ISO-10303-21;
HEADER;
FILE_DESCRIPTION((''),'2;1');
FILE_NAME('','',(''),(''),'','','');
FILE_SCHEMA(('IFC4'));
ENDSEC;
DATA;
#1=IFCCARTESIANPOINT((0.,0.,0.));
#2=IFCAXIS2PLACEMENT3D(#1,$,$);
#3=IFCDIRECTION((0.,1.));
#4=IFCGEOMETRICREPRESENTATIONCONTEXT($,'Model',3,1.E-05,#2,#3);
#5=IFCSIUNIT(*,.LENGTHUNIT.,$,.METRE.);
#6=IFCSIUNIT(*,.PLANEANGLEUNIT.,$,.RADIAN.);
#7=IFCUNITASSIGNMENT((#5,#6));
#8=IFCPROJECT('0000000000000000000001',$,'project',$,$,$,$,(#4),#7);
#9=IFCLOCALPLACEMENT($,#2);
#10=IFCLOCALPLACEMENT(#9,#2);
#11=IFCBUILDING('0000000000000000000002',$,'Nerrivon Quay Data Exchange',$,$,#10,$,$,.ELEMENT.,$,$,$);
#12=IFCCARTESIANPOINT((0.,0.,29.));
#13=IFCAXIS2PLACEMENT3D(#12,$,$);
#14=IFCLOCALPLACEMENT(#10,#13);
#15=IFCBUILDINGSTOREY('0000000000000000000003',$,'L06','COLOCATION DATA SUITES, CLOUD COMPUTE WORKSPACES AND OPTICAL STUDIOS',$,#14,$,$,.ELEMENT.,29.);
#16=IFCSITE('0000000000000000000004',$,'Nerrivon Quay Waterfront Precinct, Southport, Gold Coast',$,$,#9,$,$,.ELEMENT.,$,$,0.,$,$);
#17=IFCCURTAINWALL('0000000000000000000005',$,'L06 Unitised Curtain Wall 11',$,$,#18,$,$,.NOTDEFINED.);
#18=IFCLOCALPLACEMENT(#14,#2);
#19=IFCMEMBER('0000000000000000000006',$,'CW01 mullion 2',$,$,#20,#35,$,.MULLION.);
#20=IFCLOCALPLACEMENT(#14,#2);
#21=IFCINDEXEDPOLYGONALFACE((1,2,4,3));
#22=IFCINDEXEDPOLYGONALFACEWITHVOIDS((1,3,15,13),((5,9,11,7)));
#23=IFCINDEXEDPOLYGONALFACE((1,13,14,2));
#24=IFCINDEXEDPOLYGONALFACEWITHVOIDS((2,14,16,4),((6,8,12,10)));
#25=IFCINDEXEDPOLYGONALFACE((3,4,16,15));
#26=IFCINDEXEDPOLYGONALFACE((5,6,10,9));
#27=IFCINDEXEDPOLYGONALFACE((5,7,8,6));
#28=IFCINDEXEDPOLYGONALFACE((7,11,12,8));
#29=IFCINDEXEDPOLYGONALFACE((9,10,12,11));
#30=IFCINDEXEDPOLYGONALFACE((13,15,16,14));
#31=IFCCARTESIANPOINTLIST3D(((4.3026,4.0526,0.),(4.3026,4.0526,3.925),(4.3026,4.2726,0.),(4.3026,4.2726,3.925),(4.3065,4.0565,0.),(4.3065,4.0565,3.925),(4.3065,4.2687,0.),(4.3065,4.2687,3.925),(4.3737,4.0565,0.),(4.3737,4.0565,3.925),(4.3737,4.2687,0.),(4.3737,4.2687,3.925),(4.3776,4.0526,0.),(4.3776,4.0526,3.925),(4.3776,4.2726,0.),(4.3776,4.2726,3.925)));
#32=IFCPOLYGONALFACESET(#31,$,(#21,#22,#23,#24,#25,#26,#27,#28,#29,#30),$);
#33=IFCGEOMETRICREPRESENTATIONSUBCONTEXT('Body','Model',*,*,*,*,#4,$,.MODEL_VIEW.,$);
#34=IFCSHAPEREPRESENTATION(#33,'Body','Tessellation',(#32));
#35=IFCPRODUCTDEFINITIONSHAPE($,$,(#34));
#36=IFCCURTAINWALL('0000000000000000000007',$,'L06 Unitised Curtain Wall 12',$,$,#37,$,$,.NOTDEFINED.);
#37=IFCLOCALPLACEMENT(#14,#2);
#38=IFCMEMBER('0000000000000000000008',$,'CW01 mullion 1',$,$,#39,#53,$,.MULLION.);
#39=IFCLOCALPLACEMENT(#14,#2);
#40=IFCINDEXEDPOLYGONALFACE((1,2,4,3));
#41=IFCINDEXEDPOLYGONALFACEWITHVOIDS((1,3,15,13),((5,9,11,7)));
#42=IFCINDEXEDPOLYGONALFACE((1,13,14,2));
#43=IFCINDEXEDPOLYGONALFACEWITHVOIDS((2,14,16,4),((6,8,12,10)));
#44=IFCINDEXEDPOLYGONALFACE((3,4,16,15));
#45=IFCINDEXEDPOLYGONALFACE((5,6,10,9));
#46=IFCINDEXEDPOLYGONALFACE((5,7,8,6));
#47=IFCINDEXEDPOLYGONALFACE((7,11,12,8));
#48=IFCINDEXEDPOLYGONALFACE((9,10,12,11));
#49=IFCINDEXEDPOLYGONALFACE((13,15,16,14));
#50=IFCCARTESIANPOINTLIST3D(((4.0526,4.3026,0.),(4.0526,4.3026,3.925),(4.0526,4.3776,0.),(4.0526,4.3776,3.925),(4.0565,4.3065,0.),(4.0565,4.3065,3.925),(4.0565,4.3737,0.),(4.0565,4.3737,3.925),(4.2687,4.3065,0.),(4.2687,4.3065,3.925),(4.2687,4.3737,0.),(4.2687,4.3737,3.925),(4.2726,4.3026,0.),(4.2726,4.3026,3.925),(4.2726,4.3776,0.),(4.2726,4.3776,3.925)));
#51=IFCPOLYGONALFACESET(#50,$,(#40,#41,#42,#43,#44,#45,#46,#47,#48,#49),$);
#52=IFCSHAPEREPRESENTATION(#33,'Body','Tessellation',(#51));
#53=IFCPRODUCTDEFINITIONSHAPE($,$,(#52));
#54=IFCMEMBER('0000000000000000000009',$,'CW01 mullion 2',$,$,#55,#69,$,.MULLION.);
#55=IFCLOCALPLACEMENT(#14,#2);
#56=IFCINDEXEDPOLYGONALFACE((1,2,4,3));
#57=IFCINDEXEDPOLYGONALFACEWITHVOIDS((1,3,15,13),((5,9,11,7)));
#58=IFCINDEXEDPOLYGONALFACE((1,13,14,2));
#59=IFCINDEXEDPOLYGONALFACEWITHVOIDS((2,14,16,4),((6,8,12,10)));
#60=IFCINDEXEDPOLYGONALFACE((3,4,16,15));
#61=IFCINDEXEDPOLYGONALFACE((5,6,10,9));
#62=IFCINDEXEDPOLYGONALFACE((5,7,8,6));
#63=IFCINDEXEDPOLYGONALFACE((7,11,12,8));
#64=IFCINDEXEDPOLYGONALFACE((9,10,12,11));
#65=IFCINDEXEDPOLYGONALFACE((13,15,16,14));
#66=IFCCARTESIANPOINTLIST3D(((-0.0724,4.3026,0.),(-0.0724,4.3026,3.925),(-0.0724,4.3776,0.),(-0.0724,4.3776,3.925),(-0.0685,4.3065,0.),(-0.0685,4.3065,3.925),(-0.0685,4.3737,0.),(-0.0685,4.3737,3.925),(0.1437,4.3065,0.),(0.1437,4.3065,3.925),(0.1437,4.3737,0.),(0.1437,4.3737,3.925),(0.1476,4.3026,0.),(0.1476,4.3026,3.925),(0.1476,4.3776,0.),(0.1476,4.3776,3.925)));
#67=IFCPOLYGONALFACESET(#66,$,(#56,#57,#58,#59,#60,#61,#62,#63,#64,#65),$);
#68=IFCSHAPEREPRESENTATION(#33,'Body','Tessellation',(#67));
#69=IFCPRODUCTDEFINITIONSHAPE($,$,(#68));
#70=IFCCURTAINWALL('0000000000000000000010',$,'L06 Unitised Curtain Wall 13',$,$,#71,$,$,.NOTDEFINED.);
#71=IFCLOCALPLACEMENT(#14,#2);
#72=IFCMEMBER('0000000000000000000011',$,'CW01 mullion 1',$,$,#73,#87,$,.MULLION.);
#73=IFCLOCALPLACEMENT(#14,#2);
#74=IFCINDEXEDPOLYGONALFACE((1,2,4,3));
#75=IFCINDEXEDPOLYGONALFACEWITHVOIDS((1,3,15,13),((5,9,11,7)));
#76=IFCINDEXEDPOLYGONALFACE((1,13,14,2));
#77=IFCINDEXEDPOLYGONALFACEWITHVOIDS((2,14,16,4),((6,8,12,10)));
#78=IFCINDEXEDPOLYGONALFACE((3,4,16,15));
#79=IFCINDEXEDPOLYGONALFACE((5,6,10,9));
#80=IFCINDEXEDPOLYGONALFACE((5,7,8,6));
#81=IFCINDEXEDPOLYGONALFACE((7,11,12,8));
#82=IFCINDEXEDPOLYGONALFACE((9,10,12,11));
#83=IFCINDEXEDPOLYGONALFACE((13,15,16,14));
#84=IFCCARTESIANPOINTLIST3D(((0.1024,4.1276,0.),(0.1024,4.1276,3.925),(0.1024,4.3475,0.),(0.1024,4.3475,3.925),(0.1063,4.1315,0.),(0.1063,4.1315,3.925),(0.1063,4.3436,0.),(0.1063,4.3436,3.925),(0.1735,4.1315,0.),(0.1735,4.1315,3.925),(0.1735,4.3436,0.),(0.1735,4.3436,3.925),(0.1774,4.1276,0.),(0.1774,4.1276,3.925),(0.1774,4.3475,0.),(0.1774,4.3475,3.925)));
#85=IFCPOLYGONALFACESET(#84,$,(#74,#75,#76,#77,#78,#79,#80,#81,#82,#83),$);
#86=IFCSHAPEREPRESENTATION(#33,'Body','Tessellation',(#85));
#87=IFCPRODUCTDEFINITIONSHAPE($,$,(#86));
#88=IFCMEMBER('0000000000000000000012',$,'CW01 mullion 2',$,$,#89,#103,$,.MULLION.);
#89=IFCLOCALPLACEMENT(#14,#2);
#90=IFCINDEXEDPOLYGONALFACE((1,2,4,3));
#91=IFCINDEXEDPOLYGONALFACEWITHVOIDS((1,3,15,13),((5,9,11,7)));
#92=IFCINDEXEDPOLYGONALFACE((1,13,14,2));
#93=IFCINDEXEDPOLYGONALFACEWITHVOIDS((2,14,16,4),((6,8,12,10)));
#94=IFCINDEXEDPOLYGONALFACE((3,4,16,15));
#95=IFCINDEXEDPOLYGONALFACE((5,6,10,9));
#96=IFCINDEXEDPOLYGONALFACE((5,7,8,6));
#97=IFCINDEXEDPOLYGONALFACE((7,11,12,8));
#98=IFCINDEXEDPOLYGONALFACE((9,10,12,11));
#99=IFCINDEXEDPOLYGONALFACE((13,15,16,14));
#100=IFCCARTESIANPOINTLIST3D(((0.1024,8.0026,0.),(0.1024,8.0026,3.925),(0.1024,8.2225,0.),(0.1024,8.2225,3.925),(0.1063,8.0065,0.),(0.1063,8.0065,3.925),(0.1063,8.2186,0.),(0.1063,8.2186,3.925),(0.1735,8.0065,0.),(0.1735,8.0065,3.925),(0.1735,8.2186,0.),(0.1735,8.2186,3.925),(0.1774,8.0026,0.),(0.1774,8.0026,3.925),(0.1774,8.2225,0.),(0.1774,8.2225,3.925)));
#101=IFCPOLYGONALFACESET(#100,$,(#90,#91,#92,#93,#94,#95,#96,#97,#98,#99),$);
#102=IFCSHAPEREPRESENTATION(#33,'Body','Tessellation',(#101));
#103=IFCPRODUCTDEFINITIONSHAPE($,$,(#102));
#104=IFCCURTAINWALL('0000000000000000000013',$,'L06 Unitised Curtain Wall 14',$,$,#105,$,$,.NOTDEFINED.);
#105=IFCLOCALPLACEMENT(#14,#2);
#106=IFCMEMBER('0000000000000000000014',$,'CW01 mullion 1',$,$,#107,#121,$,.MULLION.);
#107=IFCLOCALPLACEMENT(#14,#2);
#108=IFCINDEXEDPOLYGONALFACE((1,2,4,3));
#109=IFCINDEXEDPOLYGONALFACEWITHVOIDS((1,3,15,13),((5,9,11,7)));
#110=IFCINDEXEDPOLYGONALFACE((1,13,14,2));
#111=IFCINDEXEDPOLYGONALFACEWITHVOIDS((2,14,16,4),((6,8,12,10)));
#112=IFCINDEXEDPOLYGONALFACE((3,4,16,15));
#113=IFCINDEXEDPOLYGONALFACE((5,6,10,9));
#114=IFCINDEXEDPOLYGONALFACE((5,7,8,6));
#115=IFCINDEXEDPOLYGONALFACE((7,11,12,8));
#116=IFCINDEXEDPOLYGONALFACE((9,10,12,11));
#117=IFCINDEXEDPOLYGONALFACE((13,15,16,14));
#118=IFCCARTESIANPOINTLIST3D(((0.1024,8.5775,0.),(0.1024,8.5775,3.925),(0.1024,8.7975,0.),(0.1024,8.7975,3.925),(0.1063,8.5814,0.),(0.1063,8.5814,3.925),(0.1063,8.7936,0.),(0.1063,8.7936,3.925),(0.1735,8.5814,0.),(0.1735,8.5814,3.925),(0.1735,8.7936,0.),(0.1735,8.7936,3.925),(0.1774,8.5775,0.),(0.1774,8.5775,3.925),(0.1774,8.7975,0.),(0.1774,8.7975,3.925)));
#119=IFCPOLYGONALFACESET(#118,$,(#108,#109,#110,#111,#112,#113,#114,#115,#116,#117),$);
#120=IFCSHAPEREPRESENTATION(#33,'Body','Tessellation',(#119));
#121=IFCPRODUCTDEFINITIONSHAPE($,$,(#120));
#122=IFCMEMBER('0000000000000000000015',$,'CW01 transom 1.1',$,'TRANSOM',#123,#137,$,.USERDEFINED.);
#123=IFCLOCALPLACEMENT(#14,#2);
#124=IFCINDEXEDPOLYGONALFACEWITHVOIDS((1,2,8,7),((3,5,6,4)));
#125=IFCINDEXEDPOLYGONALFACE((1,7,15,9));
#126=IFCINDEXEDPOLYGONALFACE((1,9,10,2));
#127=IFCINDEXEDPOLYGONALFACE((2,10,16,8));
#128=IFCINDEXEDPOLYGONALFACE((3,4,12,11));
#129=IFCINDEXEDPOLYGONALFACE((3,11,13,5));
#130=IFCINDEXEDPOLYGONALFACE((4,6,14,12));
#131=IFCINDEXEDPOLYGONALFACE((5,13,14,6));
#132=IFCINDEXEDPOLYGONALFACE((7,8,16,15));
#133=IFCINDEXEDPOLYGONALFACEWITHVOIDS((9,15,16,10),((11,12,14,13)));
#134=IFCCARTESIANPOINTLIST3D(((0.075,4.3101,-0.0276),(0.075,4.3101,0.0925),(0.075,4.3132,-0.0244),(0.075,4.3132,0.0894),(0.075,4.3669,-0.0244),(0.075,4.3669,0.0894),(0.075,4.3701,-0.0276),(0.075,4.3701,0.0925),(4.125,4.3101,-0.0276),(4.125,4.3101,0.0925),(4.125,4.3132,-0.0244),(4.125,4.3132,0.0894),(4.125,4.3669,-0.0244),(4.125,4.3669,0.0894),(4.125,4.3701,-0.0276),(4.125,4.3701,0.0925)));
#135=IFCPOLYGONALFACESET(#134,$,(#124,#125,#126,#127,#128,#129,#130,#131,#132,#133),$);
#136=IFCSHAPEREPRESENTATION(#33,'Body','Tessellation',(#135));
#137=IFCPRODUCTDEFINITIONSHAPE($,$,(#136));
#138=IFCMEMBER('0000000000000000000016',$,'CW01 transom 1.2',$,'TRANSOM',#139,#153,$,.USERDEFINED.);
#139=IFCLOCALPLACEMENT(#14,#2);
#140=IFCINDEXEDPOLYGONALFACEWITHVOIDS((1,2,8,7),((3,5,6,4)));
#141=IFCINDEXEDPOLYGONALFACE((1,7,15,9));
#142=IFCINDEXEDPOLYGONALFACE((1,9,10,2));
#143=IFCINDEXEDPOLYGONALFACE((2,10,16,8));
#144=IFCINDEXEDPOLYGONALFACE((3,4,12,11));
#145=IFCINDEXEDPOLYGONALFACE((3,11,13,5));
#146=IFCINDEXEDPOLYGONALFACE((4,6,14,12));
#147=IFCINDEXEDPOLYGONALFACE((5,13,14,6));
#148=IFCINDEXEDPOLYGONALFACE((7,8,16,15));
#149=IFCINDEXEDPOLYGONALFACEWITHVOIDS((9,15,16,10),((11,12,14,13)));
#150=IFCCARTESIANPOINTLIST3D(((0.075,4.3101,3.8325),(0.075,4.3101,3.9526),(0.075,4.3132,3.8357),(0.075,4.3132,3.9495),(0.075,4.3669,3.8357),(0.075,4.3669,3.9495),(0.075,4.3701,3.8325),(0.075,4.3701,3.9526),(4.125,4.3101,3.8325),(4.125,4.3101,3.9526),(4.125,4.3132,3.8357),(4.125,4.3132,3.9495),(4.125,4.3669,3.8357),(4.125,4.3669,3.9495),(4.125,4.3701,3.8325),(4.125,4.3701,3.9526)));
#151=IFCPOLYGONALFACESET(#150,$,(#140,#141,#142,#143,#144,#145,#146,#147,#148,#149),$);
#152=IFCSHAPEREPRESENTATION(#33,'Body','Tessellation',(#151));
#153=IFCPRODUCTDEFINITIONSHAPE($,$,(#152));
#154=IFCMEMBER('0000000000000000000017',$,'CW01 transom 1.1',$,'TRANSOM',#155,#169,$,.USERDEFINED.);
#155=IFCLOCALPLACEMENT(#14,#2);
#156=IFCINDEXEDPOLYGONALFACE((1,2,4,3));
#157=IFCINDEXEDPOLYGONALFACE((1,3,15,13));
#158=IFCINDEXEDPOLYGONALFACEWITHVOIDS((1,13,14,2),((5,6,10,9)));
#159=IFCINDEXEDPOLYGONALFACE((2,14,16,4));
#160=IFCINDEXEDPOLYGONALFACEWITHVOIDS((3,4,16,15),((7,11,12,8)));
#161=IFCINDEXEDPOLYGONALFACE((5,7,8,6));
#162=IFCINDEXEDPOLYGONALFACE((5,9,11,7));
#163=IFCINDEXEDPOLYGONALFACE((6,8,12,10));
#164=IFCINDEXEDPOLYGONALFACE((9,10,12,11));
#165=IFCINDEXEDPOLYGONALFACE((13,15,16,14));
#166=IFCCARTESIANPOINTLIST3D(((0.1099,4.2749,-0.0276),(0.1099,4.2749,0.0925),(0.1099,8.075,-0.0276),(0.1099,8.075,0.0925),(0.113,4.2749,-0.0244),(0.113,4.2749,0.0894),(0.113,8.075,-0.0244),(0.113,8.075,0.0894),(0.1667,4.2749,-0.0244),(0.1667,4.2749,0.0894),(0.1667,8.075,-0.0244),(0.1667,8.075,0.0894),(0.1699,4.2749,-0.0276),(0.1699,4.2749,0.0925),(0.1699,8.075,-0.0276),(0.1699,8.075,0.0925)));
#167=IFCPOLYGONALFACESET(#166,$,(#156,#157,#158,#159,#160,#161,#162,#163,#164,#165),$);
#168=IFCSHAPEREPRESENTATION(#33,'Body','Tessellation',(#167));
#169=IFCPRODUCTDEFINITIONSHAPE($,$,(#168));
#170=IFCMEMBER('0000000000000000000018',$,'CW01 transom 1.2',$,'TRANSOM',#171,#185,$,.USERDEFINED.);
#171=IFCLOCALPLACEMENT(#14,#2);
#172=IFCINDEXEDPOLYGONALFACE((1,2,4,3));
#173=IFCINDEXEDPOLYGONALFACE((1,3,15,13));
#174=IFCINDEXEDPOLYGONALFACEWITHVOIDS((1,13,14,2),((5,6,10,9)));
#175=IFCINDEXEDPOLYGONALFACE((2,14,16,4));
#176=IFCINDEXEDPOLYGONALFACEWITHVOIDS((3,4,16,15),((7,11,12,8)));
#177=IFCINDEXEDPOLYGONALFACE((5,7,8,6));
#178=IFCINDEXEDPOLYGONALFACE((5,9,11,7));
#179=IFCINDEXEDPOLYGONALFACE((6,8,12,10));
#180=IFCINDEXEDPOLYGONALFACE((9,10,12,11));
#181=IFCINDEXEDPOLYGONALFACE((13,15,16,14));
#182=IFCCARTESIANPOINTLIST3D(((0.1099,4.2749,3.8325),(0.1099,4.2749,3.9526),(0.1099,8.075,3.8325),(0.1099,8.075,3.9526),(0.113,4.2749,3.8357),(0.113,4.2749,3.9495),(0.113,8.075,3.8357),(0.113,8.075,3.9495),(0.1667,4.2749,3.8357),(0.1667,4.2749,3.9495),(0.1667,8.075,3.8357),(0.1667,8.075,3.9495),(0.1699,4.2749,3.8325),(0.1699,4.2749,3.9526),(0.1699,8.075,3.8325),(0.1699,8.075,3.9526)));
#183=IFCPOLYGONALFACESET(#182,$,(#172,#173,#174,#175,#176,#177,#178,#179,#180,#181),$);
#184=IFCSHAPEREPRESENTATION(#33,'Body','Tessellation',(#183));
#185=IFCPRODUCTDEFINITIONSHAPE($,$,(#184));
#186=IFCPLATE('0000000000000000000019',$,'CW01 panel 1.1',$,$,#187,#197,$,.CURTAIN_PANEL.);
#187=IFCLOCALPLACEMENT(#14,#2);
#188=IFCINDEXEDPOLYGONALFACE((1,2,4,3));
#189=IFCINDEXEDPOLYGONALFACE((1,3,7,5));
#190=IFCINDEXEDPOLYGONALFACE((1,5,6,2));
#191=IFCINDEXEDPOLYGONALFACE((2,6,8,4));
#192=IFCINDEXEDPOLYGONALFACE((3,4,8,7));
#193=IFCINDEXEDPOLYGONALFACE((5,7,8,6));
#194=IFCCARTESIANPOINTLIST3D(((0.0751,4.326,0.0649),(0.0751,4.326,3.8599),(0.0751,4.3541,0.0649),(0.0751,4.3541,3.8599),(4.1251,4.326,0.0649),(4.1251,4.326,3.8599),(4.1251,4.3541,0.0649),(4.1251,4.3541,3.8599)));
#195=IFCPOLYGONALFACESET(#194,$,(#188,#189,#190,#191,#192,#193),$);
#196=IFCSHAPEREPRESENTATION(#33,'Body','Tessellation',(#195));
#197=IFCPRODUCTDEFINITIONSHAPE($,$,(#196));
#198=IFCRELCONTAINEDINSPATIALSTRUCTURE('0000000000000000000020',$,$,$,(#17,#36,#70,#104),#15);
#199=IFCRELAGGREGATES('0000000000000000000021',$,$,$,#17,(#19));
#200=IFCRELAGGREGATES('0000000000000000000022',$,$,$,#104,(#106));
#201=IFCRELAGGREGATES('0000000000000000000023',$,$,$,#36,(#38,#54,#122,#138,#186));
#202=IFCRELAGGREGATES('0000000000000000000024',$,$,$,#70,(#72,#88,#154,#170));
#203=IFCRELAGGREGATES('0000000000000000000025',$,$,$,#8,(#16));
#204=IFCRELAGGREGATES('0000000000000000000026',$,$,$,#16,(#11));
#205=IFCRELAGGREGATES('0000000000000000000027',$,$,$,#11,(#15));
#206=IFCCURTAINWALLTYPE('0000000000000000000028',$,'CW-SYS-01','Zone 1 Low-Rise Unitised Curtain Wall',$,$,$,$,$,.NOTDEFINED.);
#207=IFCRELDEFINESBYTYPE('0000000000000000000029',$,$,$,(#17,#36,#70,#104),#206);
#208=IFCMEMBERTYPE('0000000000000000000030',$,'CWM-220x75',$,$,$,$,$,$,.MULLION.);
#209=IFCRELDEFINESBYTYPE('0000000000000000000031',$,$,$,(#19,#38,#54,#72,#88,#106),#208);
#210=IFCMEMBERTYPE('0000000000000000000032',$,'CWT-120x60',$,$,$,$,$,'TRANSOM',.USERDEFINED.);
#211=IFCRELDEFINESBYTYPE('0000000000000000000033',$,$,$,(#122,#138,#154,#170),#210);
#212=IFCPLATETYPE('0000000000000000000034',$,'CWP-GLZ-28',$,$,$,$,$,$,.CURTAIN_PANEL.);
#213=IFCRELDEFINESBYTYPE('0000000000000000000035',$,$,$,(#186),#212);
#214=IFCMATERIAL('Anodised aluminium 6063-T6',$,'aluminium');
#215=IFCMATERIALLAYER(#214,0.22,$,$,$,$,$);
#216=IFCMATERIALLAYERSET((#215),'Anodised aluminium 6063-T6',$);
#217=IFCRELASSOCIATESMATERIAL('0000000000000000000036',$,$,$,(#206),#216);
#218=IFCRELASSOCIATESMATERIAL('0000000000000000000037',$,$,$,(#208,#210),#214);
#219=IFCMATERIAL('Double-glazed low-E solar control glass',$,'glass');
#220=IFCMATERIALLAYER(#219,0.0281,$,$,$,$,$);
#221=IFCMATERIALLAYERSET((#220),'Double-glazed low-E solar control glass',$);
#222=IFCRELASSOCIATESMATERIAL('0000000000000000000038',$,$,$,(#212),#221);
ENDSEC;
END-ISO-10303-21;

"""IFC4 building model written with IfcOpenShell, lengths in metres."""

from ifc_helpers import new_model, si_unit, direction, frame, origin, origin_2d, place, context, subcontext, project, spatial, rectangle, hollow_rectangle, extrude, material, layer, layer_set, material_profile, profile_set, type_object, element, aggregate, save


model = new_model("IFC4")

# Units and contexts
model_context = context("Model", 3, precision=1e-05, world=origin(), true_north=direction((0.0, 1.0)))
body_context = subcontext(model_context, "Body", "Model", "MODEL_VIEW")
ifc_project = project(units=[si_unit("LENGTHUNIT", "METRE"), si_unit("PLANEANGLEUNIT", "RADIAN")], contexts=[model_context])

# Site, building, storey
site_placement = place(None, origin())
site = spatial("IfcSite", under=ifc_project, at=site_placement, Name="Nerrivon Quay Waterfront Precinct, Southport, Gold Coast", CompositionType="ELEMENT", RefElevation=0.0)
building_placement = place(site_placement, origin())
building = spatial("IfcBuilding", under=site, at=building_placement, Name="Nerrivon Quay Data Exchange", CompositionType="ELEMENT")
storey_placement = place(building_placement, frame((0.0, 0.0, 29.0)))
storey = spatial("IfcBuildingStorey", under=building, at=storey_placement, Name="L06", Description="COLOCATION DATA SUITES, CLOUD COMPUTE WORKSPACES AND OPTICAL STUDIOS", CompositionType="ELEMENT", Elevation=29.0)

# Curtain wall, member
ifc_material_1 = material(Name="Anodised aluminium 6063-T6", Category="aluminium")
ifc_layer_1 = layer(ifc_material_1, 0.22)
ifc_layer_set_1 = layer_set([ifc_layer_1], Name="Anodised aluminium 6063-T6")
curtain_wall_type = type_object("IfcCurtainWallType", Name="CW-SYS-01", Description="Zone 1 Low-Rise Unitised Curtain Wall", PredefinedType="NOTDEFINED", material=ifc_layer_set_1)
curtain_wall_1_placement = place(storey_placement, origin())
curtain_wall_1 = element("IfcCurtainWall", 1, at=curtain_wall_1_placement, inside=storey, type_object=curtain_wall_type, Name="L06 Unitised Curtain Wall 11", PredefinedType="NOTDEFINED")
ifc_material_profile_1 = material_profile(ifc_material_1, hollow_rectangle(XDim=0.075, YDim=0.22, WallThickness=0.0039, at=origin_2d()), Name="ALU-MULL-220x75")
ifc_profile_set_1 = profile_set([ifc_material_profile_1], Name="Anodised aluminium 6063-T6")
member_type_1 = type_object("IfcMemberType", Name="CWM-220x75", PredefinedType="MULLION", material=ifc_profile_set_1)
member_1_placement = place(storey_placement, frame((4.3401, 4.1626, 0.0), z_axis=(0.0, 0.0, 1.0), x_axis=(-1.0, 0.0, 0.0)))
member_1 = element("IfcMember", 2, at=member_1_placement, type_object=member_type_1, Name="CW01 mullion 2", PredefinedType="MULLION", context=body_context, shape_type="SweptSolid", body=[
    extrude(hollow_rectangle(XDim=0.075, YDim=0.22, WallThickness=0.0039, at=origin_2d()), origin(), (0.0, 0.0, 1.0), 3.925),
])
aggregate(curtain_wall_1, [member_1])

# Curtain walls, members
curtain_wall_2_placement = place(storey_placement, origin())
curtain_wall_2 = element("IfcCurtainWall", 3, at=curtain_wall_2_placement, inside=storey, type_object=curtain_wall_type, Name="L06 Unitised Curtain Wall 12", PredefinedType="NOTDEFINED")
member_2_placement = place(storey_placement, frame((4.1626, 4.3401, 0.0), z_axis=(0.0, 0.0, 1.0), x_axis=(0.0, -1.0, 0.0)))
member_2 = element("IfcMember", 4, at=member_2_placement, type_object=member_type_1, Name="CW01 mullion 1", PredefinedType="MULLION", context=body_context, shape_type="SweptSolid", body=[
    extrude(hollow_rectangle(XDim=0.075, YDim=0.22, WallThickness=0.0039, at=origin_2d()), origin(), (0.0, 0.0, 1.0), 3.925),
])
member_3_placement = place(storey_placement, frame((0.0376, 4.3401, 0.0), z_axis=(0.0, 0.0, 1.0), x_axis=(0.0, -1.0, 0.0)))
member_3 = element("IfcMember", 5, at=member_3_placement, type_object=member_type_1, Name="CW01 mullion 2", PredefinedType="MULLION", context=body_context, shape_type="SweptSolid", body=[
    extrude(hollow_rectangle(XDim=0.075, YDim=0.22, WallThickness=0.0039, at=origin_2d()), origin(), (0.0, 0.0, 1.0), 3.925),
])
curtain_wall_3_placement = place(storey_placement, origin())
curtain_wall_3 = element("IfcCurtainWall", 6, at=curtain_wall_3_placement, inside=storey, type_object=curtain_wall_type, Name="L06 Unitised Curtain Wall 13", PredefinedType="NOTDEFINED")
member_4_placement = place(storey_placement, frame((0.1399, 4.2375, 0.0), z_axis=(0.0, 0.0, 1.0), x_axis=(-1.0, 0.0, 0.0)))
member_4 = element("IfcMember", 7, at=member_4_placement, type_object=member_type_1, Name="CW01 mullion 1", PredefinedType="MULLION", context=body_context, shape_type="SweptSolid", body=[
    extrude(hollow_rectangle(XDim=0.075, YDim=0.22, WallThickness=0.0039, at=origin_2d()), origin(), (0.0, 0.0, 1.0), 3.925),
])
member_5_placement = place(storey_placement, frame((0.1399, 8.1125, 0.0), z_axis=(0.0, 0.0, 1.0), x_axis=(-1.0, 0.0, 0.0)))
member_5 = element("IfcMember", 8, at=member_5_placement, type_object=member_type_1, Name="CW01 mullion 2", PredefinedType="MULLION", context=body_context, shape_type="SweptSolid", body=[
    extrude(hollow_rectangle(XDim=0.075, YDim=0.22, WallThickness=0.0039, at=origin_2d()), origin(), (0.0, 0.0, 1.0), 3.925),
])

# Curtain wall, member
curtain_wall_4_placement = place(storey_placement, origin())
curtain_wall_4 = element("IfcCurtainWall", 9, at=curtain_wall_4_placement, inside=storey, type_object=curtain_wall_type, Name="L06 Unitised Curtain Wall 14", PredefinedType="NOTDEFINED")
member_6_placement = place(storey_placement, frame((0.1399, 8.6875, 0.0), z_axis=(0.0, 0.0, 1.0), x_axis=(-1.0, 0.0, 0.0)))
member_6 = element("IfcMember", 10, at=member_6_placement, type_object=member_type_1, Name="CW01 mullion 1", PredefinedType="MULLION", context=body_context, shape_type="SweptSolid", body=[
    extrude(hollow_rectangle(XDim=0.075, YDim=0.22, WallThickness=0.0039, at=origin_2d()), origin(), (0.0, 0.0, 1.0), 3.925),
])
aggregate(curtain_wall_4, [member_6])

# Members
ifc_material_profile_2 = material_profile(ifc_material_1, hollow_rectangle(XDim=0.0601, YDim=0.1201, WallThickness=0.0032, at=origin_2d()), Name="ALU-TRAN-120x60")
ifc_profile_set_2 = profile_set([ifc_material_profile_2], Name="Anodised aluminium 6063-T6")
member_type_2 = type_object("IfcMemberType", Name="CWT-120x60", ElementType="TRANSOM", PredefinedType="USERDEFINED", material=ifc_profile_set_2)
member_7_placement = place(storey_placement, frame((4.125, 4.3401, 0.0325), z_axis=(-1.0, 0.0, 0.0), x_axis=(0.0, -1.0, 0.0)))
member_7 = element("IfcMember", 11, at=member_7_placement, type_object=member_type_2, Name="CW01 transom 1.1", ObjectType="TRANSOM", PredefinedType="USERDEFINED", context=body_context, shape_type="SweptSolid", body=[
    extrude(hollow_rectangle(XDim=0.0601, YDim=0.1201, WallThickness=0.0032, at=origin_2d()), origin(), (0.0, 0.0, 1.0), 4.05),
])
member_8_placement = place(storey_placement, frame((4.125, 4.3401, 3.8926), z_axis=(-1.0, 0.0, 0.0), x_axis=(0.0, -1.0, 0.0)))
member_8 = element("IfcMember", 12, at=member_8_placement, type_object=member_type_2, Name="CW01 transom 1.2", ObjectType="TRANSOM", PredefinedType="USERDEFINED", context=body_context, shape_type="SweptSolid", body=[
    extrude(hollow_rectangle(XDim=0.0601, YDim=0.1201, WallThickness=0.0032, at=origin_2d()), origin(), (0.0, 0.0, 1.0), 4.05),
])
member_9_placement = place(storey_placement, frame((0.1399, 4.2749, 0.0325), z_axis=(0.0, 1.0, 0.0), x_axis=(-1.0, 0.0, 0.0)))
member_9 = element("IfcMember", 13, at=member_9_placement, type_object=member_type_2, Name="CW01 transom 1.1", ObjectType="TRANSOM", PredefinedType="USERDEFINED", context=body_context, shape_type="SweptSolid", body=[
    extrude(hollow_rectangle(XDim=0.0601, YDim=0.1201, WallThickness=0.0032, at=origin_2d()), origin(), (0.0, 0.0, 1.0), 3.8),
])
member_10_placement = place(storey_placement, frame((0.1399, 4.2749, 3.8926), z_axis=(0.0, 1.0, 0.0), x_axis=(-1.0, 0.0, 0.0)))
member_10 = element("IfcMember", 14, at=member_10_placement, type_object=member_type_2, Name="CW01 transom 1.2", ObjectType="TRANSOM", PredefinedType="USERDEFINED", context=body_context, shape_type="SweptSolid", body=[
    extrude(hollow_rectangle(XDim=0.0601, YDim=0.1201, WallThickness=0.0032, at=origin_2d()), origin(), (0.0, 0.0, 1.0), 3.8),
])

# Plate
ifc_material_2 = material(Name="Double-glazed low-E solar control glass", Category="glass")
ifc_layer_2 = layer(ifc_material_2, 0.0281)
ifc_layer_set_2 = layer_set([ifc_layer_2], Name="Double-glazed low-E solar control glass")
plate_type = type_object("IfcPlateType", Name="CWP-GLZ-28", PredefinedType="CURTAIN_PANEL", material=ifc_layer_set_2)
plate_1_placement = place(storey_placement, frame((2.1001, 4.3401, 0.0649), z_axis=(0.0, 0.0, 1.0), x_axis=(-1.0, 0.0, 0.0)))
plate_1 = element("IfcPlate", 15, at=plate_1_placement, type_object=plate_type, Name="CW01 panel 1.1", PredefinedType="CURTAIN_PANEL", context=body_context, shape_type="SweptSolid", body=[
    extrude(rectangle(XDim=4.05, YDim=0.0281, at=origin_2d()), origin(), (0.0, 0.0, 1.0), 3.7949),
])
aggregate(curtain_wall_2, [member_2, member_3, member_7, member_8, plate_1])
aggregate(curtain_wall_3, [member_4, member_5, member_9, member_10])

save(model, "model.ifc")
